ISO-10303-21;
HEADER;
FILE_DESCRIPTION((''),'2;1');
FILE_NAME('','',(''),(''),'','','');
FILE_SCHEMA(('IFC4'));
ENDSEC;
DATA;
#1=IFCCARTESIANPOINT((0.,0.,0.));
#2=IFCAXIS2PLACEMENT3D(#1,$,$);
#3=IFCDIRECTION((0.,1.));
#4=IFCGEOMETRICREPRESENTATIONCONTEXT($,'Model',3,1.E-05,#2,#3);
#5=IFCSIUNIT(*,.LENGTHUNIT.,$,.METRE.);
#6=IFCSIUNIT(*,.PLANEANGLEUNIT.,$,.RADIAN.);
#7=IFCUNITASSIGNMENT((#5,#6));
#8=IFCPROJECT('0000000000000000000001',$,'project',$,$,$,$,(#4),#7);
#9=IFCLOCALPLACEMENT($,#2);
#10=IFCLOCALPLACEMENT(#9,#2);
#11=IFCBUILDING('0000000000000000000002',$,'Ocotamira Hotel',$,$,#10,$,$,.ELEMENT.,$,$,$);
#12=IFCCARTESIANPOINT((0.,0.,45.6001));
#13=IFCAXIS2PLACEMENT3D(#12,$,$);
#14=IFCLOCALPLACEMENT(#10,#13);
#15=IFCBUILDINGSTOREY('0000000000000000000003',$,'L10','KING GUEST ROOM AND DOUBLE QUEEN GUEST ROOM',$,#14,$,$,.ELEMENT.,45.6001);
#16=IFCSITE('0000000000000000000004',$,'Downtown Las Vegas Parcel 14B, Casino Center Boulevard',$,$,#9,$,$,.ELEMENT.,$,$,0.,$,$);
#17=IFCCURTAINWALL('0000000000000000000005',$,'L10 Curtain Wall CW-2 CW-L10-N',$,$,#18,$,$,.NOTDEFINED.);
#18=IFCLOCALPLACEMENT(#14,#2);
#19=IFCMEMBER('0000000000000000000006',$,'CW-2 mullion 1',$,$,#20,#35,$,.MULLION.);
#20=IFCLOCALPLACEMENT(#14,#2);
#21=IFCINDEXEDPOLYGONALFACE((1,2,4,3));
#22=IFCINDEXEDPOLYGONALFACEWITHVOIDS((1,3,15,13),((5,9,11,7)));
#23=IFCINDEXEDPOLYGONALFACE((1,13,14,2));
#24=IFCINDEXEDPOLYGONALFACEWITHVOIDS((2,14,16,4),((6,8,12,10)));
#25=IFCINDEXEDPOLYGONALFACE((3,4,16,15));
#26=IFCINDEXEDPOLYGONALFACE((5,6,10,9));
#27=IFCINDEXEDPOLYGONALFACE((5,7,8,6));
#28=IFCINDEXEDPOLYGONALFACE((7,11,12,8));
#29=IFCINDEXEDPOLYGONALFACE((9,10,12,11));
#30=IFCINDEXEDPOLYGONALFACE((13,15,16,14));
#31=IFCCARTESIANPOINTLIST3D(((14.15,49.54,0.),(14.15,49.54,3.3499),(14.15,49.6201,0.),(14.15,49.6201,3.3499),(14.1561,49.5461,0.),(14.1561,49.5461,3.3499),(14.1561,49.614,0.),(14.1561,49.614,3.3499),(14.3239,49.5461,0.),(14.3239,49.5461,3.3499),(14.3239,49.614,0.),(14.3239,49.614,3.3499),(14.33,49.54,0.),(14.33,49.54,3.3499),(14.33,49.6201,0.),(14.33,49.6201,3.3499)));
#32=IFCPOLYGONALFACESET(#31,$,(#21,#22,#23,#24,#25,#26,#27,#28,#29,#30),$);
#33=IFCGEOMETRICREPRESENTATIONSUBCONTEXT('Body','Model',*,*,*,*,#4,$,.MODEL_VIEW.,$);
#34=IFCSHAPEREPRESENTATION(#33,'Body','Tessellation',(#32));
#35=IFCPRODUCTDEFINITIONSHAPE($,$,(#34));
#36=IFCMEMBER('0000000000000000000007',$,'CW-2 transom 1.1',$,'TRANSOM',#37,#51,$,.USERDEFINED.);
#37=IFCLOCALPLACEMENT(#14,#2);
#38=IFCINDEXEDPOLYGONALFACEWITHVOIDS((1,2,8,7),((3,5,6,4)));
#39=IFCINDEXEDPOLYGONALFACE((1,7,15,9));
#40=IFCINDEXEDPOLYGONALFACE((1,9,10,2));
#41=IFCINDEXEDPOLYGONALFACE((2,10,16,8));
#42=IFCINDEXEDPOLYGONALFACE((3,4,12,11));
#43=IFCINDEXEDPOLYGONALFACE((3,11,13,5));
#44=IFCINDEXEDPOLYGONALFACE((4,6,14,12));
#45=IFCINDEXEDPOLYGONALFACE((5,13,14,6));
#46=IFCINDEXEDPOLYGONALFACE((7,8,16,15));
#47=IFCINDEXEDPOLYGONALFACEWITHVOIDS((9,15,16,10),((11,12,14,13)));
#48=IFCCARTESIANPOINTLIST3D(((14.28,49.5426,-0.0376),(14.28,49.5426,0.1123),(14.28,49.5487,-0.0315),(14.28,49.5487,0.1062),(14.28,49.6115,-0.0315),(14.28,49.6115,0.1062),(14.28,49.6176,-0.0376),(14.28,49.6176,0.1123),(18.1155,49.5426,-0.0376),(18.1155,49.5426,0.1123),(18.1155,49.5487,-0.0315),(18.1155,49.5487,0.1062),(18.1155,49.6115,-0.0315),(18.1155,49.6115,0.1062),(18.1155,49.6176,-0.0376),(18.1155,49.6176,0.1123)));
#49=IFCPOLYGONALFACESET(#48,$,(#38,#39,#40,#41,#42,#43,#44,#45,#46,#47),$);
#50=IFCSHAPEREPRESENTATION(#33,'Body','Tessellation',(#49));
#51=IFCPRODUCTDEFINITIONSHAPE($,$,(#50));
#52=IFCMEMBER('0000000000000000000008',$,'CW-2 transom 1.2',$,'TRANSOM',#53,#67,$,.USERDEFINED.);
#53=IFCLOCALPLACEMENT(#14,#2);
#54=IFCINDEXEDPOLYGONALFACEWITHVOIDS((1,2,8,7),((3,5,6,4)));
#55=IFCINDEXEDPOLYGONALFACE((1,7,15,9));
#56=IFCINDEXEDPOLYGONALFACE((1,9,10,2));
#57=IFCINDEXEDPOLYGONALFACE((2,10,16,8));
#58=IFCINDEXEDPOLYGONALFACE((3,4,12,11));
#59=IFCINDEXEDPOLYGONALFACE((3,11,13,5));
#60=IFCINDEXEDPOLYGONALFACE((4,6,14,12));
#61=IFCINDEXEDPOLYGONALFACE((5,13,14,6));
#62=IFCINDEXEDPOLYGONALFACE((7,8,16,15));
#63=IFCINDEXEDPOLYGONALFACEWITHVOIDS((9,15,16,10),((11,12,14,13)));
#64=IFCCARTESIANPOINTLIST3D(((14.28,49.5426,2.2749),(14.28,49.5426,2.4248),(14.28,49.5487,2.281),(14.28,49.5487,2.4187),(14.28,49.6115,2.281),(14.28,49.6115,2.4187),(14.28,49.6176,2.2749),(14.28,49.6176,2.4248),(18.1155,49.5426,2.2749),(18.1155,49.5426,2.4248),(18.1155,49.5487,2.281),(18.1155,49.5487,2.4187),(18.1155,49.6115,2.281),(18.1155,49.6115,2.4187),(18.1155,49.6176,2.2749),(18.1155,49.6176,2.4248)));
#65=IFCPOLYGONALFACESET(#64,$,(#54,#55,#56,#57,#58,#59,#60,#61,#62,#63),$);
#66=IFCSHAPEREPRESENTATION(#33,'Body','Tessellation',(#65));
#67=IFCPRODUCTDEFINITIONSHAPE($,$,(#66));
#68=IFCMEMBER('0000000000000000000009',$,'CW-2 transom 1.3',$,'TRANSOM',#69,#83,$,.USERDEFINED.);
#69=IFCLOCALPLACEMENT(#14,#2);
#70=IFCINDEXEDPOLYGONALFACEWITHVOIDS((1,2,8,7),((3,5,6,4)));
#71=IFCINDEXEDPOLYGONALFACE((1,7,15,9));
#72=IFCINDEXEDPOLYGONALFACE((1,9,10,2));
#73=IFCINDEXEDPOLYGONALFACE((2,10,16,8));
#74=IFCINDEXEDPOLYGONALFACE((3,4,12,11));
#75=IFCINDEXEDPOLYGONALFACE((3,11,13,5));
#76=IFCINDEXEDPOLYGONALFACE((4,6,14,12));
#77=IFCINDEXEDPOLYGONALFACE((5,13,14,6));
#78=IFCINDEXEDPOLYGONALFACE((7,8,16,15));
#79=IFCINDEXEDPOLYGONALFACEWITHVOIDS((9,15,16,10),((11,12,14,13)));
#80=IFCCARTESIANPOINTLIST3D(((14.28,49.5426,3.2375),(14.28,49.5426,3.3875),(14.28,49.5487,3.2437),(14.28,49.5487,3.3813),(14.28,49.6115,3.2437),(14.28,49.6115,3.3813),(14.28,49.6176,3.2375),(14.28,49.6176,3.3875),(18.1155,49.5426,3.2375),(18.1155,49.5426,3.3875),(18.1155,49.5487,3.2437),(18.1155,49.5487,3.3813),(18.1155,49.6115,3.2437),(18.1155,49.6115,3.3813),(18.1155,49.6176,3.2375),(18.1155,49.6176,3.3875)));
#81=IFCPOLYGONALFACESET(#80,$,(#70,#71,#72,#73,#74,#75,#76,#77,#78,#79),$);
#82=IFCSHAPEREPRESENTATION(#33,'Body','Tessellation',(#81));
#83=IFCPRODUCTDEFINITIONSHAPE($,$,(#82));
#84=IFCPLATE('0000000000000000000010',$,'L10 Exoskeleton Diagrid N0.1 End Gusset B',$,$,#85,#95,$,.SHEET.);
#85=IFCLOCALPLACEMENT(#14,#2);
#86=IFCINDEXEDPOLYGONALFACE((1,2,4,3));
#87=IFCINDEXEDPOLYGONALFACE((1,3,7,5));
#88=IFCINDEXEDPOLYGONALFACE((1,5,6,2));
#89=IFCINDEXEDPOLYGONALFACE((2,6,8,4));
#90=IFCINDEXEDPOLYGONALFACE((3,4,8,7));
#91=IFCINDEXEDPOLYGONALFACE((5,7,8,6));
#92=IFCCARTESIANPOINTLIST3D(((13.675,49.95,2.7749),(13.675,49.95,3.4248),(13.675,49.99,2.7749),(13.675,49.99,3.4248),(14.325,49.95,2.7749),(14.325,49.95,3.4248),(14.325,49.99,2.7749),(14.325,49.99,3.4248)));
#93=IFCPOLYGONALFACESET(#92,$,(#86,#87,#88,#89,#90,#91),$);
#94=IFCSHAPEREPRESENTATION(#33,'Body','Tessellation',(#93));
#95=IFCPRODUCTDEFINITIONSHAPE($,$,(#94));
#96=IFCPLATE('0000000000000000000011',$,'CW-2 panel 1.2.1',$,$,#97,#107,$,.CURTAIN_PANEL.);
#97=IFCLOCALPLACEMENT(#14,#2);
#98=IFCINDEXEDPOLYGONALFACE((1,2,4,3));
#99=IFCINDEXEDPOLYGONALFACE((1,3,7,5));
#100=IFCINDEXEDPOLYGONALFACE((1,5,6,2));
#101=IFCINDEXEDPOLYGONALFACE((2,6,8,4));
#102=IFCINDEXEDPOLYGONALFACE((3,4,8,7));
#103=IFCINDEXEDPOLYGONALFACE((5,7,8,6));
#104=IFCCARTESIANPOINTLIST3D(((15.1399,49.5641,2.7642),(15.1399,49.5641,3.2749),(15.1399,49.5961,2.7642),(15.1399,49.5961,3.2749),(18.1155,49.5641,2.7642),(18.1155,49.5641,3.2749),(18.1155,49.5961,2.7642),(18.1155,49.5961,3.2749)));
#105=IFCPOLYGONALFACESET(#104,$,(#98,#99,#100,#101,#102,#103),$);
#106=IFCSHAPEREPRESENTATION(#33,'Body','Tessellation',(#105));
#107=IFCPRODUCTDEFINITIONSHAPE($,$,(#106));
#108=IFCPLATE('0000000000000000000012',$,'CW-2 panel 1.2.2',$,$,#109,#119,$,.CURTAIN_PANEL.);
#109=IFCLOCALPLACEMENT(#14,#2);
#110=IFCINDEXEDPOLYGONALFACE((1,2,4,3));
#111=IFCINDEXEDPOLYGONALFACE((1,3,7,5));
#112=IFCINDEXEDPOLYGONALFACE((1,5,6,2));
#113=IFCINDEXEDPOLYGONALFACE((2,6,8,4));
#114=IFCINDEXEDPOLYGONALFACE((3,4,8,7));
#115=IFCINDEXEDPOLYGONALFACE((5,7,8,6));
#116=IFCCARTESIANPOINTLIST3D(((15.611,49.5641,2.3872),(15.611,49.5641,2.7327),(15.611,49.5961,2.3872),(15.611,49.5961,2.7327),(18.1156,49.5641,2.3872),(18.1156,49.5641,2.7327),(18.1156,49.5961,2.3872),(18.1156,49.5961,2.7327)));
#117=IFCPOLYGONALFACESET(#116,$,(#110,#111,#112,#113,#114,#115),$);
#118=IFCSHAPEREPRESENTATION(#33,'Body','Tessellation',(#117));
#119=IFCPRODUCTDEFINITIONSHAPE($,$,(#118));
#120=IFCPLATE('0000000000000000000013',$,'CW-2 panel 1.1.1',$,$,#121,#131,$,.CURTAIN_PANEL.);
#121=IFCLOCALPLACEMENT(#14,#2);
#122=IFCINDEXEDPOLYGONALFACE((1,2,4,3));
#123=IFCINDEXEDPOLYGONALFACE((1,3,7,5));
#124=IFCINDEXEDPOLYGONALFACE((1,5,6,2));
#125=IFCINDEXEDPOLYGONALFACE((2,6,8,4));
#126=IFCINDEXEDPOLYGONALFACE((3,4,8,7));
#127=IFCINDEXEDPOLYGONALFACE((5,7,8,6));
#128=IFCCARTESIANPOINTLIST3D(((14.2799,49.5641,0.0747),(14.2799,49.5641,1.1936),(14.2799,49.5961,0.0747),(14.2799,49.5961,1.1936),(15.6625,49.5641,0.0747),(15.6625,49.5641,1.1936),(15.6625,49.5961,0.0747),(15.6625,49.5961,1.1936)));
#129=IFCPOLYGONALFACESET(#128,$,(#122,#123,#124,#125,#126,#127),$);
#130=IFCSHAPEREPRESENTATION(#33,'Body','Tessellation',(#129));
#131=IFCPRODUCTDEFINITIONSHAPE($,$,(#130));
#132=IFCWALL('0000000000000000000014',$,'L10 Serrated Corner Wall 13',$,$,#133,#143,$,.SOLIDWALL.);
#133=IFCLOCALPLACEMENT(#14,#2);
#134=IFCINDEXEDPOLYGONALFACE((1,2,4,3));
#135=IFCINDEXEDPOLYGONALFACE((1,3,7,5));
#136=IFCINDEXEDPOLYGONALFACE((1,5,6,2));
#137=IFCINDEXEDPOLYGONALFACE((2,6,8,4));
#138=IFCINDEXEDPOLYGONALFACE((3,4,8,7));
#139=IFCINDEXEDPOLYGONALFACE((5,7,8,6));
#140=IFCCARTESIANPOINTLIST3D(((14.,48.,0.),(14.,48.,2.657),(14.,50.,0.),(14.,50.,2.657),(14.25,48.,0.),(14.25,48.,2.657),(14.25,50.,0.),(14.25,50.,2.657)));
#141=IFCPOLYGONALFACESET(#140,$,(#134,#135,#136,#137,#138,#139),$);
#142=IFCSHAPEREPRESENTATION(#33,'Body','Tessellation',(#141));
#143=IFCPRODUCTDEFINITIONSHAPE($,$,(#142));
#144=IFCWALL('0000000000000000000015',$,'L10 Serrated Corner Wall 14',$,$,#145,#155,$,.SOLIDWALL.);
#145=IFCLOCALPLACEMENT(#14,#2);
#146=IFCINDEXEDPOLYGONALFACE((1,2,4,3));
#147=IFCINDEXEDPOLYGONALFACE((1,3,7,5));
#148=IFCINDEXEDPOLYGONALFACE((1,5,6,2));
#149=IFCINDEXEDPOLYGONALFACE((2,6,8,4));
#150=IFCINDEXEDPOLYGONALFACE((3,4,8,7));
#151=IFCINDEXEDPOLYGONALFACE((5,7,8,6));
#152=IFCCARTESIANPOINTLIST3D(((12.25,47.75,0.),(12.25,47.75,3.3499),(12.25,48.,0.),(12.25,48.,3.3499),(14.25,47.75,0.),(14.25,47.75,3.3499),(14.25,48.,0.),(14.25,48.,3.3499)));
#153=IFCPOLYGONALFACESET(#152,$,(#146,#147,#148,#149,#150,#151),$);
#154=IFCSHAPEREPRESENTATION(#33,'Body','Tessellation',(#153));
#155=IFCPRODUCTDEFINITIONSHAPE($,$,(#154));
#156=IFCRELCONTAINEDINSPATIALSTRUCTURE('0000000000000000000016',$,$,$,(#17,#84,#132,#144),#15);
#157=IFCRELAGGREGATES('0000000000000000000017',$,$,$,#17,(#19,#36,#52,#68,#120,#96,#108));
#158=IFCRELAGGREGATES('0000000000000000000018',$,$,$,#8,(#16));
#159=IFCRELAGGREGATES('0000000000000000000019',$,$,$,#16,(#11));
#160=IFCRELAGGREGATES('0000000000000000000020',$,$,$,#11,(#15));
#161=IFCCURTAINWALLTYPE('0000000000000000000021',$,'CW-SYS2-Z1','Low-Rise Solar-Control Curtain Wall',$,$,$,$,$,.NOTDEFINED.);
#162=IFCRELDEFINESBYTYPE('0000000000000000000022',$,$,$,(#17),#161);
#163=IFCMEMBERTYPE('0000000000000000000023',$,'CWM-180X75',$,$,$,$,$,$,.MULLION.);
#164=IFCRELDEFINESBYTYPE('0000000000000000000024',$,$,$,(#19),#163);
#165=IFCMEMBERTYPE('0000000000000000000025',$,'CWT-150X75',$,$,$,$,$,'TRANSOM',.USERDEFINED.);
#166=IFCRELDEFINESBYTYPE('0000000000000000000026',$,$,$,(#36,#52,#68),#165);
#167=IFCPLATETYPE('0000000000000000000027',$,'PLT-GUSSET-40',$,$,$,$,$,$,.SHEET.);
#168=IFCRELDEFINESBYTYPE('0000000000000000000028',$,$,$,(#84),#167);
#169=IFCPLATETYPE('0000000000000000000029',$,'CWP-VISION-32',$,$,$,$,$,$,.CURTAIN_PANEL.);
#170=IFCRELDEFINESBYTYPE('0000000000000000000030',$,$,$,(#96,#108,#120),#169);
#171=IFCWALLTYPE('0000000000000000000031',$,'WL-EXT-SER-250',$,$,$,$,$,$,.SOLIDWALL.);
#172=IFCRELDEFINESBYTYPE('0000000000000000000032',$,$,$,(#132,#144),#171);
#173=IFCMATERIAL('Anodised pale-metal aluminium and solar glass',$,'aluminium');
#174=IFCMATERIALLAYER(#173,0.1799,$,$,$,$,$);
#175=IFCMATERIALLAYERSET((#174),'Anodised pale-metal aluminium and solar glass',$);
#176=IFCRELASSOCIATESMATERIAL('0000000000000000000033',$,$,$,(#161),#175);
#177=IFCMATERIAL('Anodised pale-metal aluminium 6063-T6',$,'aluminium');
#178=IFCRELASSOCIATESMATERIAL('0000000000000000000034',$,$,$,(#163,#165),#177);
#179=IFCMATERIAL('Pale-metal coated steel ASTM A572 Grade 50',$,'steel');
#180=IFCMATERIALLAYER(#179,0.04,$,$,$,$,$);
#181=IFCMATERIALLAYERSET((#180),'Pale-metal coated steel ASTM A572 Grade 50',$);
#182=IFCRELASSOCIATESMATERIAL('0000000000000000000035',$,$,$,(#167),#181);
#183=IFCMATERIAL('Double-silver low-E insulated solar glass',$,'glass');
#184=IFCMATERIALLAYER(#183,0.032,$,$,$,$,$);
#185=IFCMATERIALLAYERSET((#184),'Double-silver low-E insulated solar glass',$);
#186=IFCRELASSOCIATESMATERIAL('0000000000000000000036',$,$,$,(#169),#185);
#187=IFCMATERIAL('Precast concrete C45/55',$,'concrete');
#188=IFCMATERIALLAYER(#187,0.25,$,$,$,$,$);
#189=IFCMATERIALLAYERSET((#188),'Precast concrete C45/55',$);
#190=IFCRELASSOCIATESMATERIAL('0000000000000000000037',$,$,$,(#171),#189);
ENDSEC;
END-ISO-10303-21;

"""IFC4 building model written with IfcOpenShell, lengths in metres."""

from ifc_helpers import new_model, si_unit, direction, frame, frame_2d, origin, origin_2d, place, context, subcontext, project, spatial, rectangle, hollow_rectangle, extrude, source, transform, mapped, material, layer, layer_set, material_profile, profile_set, type_object, element, aggregate, save


model = new_model("IFC4")

# Units and contexts
model_context = context("Model", 3, precision=1e-05, world=origin(), true_north=direction((0.0, 1.0)))
body_context = subcontext(model_context, "Body", "Model", "MODEL_VIEW")
ifc_project = project(units=[si_unit("LENGTHUNIT", "METRE"), si_unit("PLANEANGLEUNIT", "RADIAN")], contexts=[model_context])

# Site, building, storey
site_placement = place(None, origin())
site = spatial("IfcSite", under=ifc_project, at=site_placement, Name="Downtown Las Vegas Parcel 14B, Casino Center Boulevard", CompositionType="ELEMENT", RefElevation=0.0)
building_placement = place(site_placement, origin())
building = spatial("IfcBuilding", under=site, at=building_placement, Name="Ocotamira Hotel", CompositionType="ELEMENT")
storey_placement = place(building_placement, frame((0.0, 0.0, 45.6001)))
storey = spatial("IfcBuildingStorey", under=building, at=storey_placement, Name="L10", Description="KING GUEST ROOM AND DOUBLE QUEEN GUEST ROOM", CompositionType="ELEMENT", Elevation=45.6001)

# Curtain wall, members
ifc_material_1 = material(Name="Anodised pale-metal aluminium and solar glass", Category="aluminium")
ifc_layer_1 = layer(ifc_material_1, 0.1799)
ifc_layer_set_1 = layer_set([ifc_layer_1], Name="Anodised pale-metal aluminium and solar glass")
curtain_wall_type = type_object("IfcCurtainWallType", Name="CW-SYS2-Z1", Description="Low-Rise Solar-Control Curtain Wall", PredefinedType="NOTDEFINED", material=ifc_layer_set_1)
curtain_wall_placement = place(storey_placement, origin())
curtain_wall = element("IfcCurtainWall", 1, at=curtain_wall_placement, inside=storey, type_object=curtain_wall_type, Name="L10 Curtain Wall CW-2 CW-L10-N", PredefinedType="NOTDEFINED")
ifc_material_2 = material(Name="Anodised pale-metal aluminium 6063-T6", Category="aluminium")
ifc_material_profile_1 = material_profile(ifc_material_2, hollow_rectangle(XDim=0.0801, YDim=0.1799, WallThickness=0.0061, at=origin_2d()), Name="HSS180X80X6")
ifc_profile_set_1 = profile_set([ifc_material_profile_1], Name="Anodised pale-metal aluminium 6063-T6")
member_type_1 = type_object("IfcMemberType", Name="CWM-180X75", PredefinedType="MULLION", material=ifc_profile_set_1)
shared_shape_1 = source(origin(), body_context, "Body", "SweptSolid", [
    extrude(hollow_rectangle(XDim=0.0801, YDim=0.1799, WallThickness=0.0061, at=origin_2d()), origin(), (0.0, 0.0, 1.0), 3.3499),
])
member_1_placement = place(storey_placement, frame((14.24, 49.5801, 0.0), z_axis=(0.0, 0.0, 1.0), x_axis=(0.0, 1.0, 0.0)))
member_1 = element("IfcMember", 2, at=member_1_placement, type_object=member_type_1, Name="CW-2 mullion 1", PredefinedType="MULLION", context=body_context, shape_type="MappedRepresentation", body=[
    mapped(shared_shape_1, transform((0.0, 0.0, 0.0), scale=1.0)),
])
ifc_material_profile_2 = material_profile(ifc_material_2, hollow_rectangle(XDim=0.075, YDim=0.1499, WallThickness=0.0061, at=origin_2d()), Name="HSS150X75X6")
ifc_profile_set_2 = profile_set([ifc_material_profile_2], Name="Anodised pale-metal aluminium 6063-T6")
member_type_2 = type_object("IfcMemberType", Name="CWT-150X75", ElementType="TRANSOM", PredefinedType="USERDEFINED", material=ifc_profile_set_2)
shared_shape_2 = source(origin(), body_context, "Body", "SweptSolid", [
    extrude(hollow_rectangle(XDim=0.075, YDim=0.1499, WallThickness=0.0061, at=origin_2d()), origin(), (0.0, 0.0, 1.0), 3.8354),
])
member_2_placement = place(storey_placement, frame((14.28, 49.5801, 0.0374), z_axis=(1.0, 0.0, 0.0), x_axis=(0.0, 1.0, 0.0)))
member_2 = element("IfcMember", 3, at=member_2_placement, type_object=member_type_2, Name="CW-2 transom 1.1", ObjectType="TRANSOM", PredefinedType="USERDEFINED", context=body_context, shape_type="MappedRepresentation", body=[
    mapped(shared_shape_2, transform((0.0, 0.0, 0.0), scale=1.0)),
])
member_3_placement = place(storey_placement, frame((14.28, 49.5801, 2.3499), z_axis=(1.0, 0.0, 0.0), x_axis=(0.0, 1.0, 0.0)))
member_3 = element("IfcMember", 4, at=member_3_placement, type_object=member_type_2, Name="CW-2 transom 1.2", ObjectType="TRANSOM", PredefinedType="USERDEFINED", context=body_context, shape_type="MappedRepresentation", body=[
    mapped(shared_shape_2, transform((0.0, 0.0, 0.0), scale=1.0)),
])
member_4_placement = place(storey_placement, frame((14.28, 49.5801, 3.3125), z_axis=(1.0, 0.0, 0.0), x_axis=(0.0, 1.0, 0.0)))
member_4 = element("IfcMember", 5, at=member_4_placement, type_object=member_type_2, Name="CW-2 transom 1.3", ObjectType="TRANSOM", PredefinedType="USERDEFINED", context=body_context, shape_type="MappedRepresentation", body=[
    mapped(shared_shape_2, transform((0.0, 0.0, 0.0), scale=1.0)),
])

# Plates
ifc_material_3 = material(Name="Pale-metal coated steel ASTM A572 Grade 50", Category="steel")
ifc_layer_2 = layer(ifc_material_3, 0.04)
ifc_layer_set_2 = layer_set([ifc_layer_2], Name="Pale-metal coated steel ASTM A572 Grade 50")
plate_type_1 = type_object("IfcPlateType", Name="PLT-GUSSET-40", PredefinedType="SHEET", material=ifc_layer_set_2)
shared_shape_3 = source(origin(), body_context, "Body", "SweptSolid", [
    extrude(rectangle(XDim=0.6499, YDim=0.04, at=origin_2d()), origin(), (0.0, 0.0, 1.0), 0.6499),
])
plate_1_placement = place(storey_placement, frame((14.0, 49.97, 2.7749), z_axis=(0.0, 0.0, 1.0), x_axis=(-1.0, 0.0, 0.0)))
element("IfcPlate", 6, at=plate_1_placement, inside=storey, type_object=plate_type_1, Name="L10 Exoskeleton Diagrid N0.1 End Gusset B", PredefinedType="SHEET", context=body_context, shape_type="MappedRepresentation", body=[
    mapped(shared_shape_3, transform((0.0, 0.0, 0.0), scale=1.0)),
])
ifc_material_4 = material(Name="Double-silver low-E insulated solar glass", Category="glass")
ifc_layer_3 = layer(ifc_material_4, 0.032)
ifc_layer_set_3 = layer_set([ifc_layer_3], Name="Double-silver low-E insulated solar glass")
plate_type_2 = type_object("IfcPlateType", Name="CWP-VISION-32", PredefinedType="CURTAIN_PANEL", material=ifc_layer_set_3)
shared_shape_4 = source(origin(), body_context, "Body", "SweptSolid", [
    extrude(rectangle(XDim=2.9756, YDim=0.032, at=origin_2d()), origin(), (0.0, 0.0, 1.0), 0.5107),
])
plate_2_placement = place(storey_placement, frame((16.6277, 49.5801, 2.7642), z_axis=(0.0, 0.0, 1.0), x_axis=(1.0, 0.0, 0.0)))
plate_2 = element("IfcPlate", 7, at=plate_2_placement, type_object=plate_type_2, Name="CW-2 panel 1.2.1", PredefinedType="CURTAIN_PANEL", context=body_context, shape_type="MappedRepresentation", body=[
    mapped(shared_shape_4, transform((0.0, 0.0, 0.0), scale=1.0)),
])
shared_shape_5 = source(origin(), body_context, "Body", "SweptSolid", [
    extrude(rectangle(XDim=2.5046, YDim=0.032, at=origin_2d()), origin(), (0.0, 0.0, 1.0), 0.3455),
])
plate_3_placement = place(storey_placement, frame((16.8633, 49.5801, 2.3872), z_axis=(0.0, 0.0, 1.0), x_axis=(1.0, 0.0, 0.0)))
plate_3 = element("IfcPlate", 8, at=plate_3_placement, type_object=plate_type_2, Name="CW-2 panel 1.2.2", PredefinedType="CURTAIN_PANEL", context=body_context, shape_type="MappedRepresentation", body=[
    mapped(shared_shape_5, transform((0.0, 0.0, 0.0), scale=1.0)),
])
shared_shape_6 = source(origin(), body_context, "Body", "SweptSolid", [
    extrude(rectangle(XDim=1.3826, YDim=0.032, at=origin_2d()), origin(), (0.0, 0.0, 1.0), 1.1189),
])
plate_4_placement = place(storey_placement, frame((14.9712, 49.5801, 0.0747), z_axis=(0.0, 0.0, 1.0), x_axis=(1.0, 0.0, 0.0)))
plate_4 = element("IfcPlate", 9, at=plate_4_placement, type_object=plate_type_2, Name="CW-2 panel 1.1.1", PredefinedType="CURTAIN_PANEL", context=body_context, shape_type="MappedRepresentation", body=[
    mapped(shared_shape_6, transform((0.0, 0.0, 0.0), scale=1.0)),
])
aggregate(curtain_wall, [member_1, member_2, member_3, member_4, plate_4, plate_2, plate_3])

# Walls
ifc_material_5 = material(Name="Precast concrete C45/55", Category="concrete")
ifc_layer_4 = layer(ifc_material_5, 0.25)
ifc_layer_set_4 = layer_set([ifc_layer_4], Name="Precast concrete C45/55")
wall_type_1 = type_object("IfcWallType", Name="WL-EXT-SER-250", PredefinedType="SOLIDWALL", material=ifc_layer_set_4)
wall_1_placement = place(storey_placement, frame((14.125, 50.0, 0.0), z_axis=(0.0, 0.0, 1.0), x_axis=(0.0, -1.0, 0.0)))
element("IfcWall", 10, at=wall_1_placement, inside=storey, type_object=wall_type_1, Name="L10 Serrated Corner Wall 13", PredefinedType="SOLIDWALL", context=body_context, shape_type="SweptSolid", body=[
    extrude(rectangle(XDim=2.0, YDim=0.25, at=frame_2d((1.0, 0.0))), origin(), (0.0, 0.0, 1.0), 2.657),
])
wall_2_placement = place(storey_placement, frame((14.25, 47.875, 0.0), z_axis=(0.0, 0.0, 1.0), x_axis=(-1.0, 0.0, 0.0)))
element("IfcWall", 11, at=wall_2_placement, inside=storey, type_object=wall_type_1, Name="L10 Serrated Corner Wall 14", PredefinedType="SOLIDWALL", context=body_context, shape_type="SweptSolid", body=[
    extrude(rectangle(XDim=2.0, YDim=0.25, at=frame_2d((1.0, 0.0))), origin(), (0.0, 0.0, 1.0), 3.3499),
])

save(model, "model.ifc")
